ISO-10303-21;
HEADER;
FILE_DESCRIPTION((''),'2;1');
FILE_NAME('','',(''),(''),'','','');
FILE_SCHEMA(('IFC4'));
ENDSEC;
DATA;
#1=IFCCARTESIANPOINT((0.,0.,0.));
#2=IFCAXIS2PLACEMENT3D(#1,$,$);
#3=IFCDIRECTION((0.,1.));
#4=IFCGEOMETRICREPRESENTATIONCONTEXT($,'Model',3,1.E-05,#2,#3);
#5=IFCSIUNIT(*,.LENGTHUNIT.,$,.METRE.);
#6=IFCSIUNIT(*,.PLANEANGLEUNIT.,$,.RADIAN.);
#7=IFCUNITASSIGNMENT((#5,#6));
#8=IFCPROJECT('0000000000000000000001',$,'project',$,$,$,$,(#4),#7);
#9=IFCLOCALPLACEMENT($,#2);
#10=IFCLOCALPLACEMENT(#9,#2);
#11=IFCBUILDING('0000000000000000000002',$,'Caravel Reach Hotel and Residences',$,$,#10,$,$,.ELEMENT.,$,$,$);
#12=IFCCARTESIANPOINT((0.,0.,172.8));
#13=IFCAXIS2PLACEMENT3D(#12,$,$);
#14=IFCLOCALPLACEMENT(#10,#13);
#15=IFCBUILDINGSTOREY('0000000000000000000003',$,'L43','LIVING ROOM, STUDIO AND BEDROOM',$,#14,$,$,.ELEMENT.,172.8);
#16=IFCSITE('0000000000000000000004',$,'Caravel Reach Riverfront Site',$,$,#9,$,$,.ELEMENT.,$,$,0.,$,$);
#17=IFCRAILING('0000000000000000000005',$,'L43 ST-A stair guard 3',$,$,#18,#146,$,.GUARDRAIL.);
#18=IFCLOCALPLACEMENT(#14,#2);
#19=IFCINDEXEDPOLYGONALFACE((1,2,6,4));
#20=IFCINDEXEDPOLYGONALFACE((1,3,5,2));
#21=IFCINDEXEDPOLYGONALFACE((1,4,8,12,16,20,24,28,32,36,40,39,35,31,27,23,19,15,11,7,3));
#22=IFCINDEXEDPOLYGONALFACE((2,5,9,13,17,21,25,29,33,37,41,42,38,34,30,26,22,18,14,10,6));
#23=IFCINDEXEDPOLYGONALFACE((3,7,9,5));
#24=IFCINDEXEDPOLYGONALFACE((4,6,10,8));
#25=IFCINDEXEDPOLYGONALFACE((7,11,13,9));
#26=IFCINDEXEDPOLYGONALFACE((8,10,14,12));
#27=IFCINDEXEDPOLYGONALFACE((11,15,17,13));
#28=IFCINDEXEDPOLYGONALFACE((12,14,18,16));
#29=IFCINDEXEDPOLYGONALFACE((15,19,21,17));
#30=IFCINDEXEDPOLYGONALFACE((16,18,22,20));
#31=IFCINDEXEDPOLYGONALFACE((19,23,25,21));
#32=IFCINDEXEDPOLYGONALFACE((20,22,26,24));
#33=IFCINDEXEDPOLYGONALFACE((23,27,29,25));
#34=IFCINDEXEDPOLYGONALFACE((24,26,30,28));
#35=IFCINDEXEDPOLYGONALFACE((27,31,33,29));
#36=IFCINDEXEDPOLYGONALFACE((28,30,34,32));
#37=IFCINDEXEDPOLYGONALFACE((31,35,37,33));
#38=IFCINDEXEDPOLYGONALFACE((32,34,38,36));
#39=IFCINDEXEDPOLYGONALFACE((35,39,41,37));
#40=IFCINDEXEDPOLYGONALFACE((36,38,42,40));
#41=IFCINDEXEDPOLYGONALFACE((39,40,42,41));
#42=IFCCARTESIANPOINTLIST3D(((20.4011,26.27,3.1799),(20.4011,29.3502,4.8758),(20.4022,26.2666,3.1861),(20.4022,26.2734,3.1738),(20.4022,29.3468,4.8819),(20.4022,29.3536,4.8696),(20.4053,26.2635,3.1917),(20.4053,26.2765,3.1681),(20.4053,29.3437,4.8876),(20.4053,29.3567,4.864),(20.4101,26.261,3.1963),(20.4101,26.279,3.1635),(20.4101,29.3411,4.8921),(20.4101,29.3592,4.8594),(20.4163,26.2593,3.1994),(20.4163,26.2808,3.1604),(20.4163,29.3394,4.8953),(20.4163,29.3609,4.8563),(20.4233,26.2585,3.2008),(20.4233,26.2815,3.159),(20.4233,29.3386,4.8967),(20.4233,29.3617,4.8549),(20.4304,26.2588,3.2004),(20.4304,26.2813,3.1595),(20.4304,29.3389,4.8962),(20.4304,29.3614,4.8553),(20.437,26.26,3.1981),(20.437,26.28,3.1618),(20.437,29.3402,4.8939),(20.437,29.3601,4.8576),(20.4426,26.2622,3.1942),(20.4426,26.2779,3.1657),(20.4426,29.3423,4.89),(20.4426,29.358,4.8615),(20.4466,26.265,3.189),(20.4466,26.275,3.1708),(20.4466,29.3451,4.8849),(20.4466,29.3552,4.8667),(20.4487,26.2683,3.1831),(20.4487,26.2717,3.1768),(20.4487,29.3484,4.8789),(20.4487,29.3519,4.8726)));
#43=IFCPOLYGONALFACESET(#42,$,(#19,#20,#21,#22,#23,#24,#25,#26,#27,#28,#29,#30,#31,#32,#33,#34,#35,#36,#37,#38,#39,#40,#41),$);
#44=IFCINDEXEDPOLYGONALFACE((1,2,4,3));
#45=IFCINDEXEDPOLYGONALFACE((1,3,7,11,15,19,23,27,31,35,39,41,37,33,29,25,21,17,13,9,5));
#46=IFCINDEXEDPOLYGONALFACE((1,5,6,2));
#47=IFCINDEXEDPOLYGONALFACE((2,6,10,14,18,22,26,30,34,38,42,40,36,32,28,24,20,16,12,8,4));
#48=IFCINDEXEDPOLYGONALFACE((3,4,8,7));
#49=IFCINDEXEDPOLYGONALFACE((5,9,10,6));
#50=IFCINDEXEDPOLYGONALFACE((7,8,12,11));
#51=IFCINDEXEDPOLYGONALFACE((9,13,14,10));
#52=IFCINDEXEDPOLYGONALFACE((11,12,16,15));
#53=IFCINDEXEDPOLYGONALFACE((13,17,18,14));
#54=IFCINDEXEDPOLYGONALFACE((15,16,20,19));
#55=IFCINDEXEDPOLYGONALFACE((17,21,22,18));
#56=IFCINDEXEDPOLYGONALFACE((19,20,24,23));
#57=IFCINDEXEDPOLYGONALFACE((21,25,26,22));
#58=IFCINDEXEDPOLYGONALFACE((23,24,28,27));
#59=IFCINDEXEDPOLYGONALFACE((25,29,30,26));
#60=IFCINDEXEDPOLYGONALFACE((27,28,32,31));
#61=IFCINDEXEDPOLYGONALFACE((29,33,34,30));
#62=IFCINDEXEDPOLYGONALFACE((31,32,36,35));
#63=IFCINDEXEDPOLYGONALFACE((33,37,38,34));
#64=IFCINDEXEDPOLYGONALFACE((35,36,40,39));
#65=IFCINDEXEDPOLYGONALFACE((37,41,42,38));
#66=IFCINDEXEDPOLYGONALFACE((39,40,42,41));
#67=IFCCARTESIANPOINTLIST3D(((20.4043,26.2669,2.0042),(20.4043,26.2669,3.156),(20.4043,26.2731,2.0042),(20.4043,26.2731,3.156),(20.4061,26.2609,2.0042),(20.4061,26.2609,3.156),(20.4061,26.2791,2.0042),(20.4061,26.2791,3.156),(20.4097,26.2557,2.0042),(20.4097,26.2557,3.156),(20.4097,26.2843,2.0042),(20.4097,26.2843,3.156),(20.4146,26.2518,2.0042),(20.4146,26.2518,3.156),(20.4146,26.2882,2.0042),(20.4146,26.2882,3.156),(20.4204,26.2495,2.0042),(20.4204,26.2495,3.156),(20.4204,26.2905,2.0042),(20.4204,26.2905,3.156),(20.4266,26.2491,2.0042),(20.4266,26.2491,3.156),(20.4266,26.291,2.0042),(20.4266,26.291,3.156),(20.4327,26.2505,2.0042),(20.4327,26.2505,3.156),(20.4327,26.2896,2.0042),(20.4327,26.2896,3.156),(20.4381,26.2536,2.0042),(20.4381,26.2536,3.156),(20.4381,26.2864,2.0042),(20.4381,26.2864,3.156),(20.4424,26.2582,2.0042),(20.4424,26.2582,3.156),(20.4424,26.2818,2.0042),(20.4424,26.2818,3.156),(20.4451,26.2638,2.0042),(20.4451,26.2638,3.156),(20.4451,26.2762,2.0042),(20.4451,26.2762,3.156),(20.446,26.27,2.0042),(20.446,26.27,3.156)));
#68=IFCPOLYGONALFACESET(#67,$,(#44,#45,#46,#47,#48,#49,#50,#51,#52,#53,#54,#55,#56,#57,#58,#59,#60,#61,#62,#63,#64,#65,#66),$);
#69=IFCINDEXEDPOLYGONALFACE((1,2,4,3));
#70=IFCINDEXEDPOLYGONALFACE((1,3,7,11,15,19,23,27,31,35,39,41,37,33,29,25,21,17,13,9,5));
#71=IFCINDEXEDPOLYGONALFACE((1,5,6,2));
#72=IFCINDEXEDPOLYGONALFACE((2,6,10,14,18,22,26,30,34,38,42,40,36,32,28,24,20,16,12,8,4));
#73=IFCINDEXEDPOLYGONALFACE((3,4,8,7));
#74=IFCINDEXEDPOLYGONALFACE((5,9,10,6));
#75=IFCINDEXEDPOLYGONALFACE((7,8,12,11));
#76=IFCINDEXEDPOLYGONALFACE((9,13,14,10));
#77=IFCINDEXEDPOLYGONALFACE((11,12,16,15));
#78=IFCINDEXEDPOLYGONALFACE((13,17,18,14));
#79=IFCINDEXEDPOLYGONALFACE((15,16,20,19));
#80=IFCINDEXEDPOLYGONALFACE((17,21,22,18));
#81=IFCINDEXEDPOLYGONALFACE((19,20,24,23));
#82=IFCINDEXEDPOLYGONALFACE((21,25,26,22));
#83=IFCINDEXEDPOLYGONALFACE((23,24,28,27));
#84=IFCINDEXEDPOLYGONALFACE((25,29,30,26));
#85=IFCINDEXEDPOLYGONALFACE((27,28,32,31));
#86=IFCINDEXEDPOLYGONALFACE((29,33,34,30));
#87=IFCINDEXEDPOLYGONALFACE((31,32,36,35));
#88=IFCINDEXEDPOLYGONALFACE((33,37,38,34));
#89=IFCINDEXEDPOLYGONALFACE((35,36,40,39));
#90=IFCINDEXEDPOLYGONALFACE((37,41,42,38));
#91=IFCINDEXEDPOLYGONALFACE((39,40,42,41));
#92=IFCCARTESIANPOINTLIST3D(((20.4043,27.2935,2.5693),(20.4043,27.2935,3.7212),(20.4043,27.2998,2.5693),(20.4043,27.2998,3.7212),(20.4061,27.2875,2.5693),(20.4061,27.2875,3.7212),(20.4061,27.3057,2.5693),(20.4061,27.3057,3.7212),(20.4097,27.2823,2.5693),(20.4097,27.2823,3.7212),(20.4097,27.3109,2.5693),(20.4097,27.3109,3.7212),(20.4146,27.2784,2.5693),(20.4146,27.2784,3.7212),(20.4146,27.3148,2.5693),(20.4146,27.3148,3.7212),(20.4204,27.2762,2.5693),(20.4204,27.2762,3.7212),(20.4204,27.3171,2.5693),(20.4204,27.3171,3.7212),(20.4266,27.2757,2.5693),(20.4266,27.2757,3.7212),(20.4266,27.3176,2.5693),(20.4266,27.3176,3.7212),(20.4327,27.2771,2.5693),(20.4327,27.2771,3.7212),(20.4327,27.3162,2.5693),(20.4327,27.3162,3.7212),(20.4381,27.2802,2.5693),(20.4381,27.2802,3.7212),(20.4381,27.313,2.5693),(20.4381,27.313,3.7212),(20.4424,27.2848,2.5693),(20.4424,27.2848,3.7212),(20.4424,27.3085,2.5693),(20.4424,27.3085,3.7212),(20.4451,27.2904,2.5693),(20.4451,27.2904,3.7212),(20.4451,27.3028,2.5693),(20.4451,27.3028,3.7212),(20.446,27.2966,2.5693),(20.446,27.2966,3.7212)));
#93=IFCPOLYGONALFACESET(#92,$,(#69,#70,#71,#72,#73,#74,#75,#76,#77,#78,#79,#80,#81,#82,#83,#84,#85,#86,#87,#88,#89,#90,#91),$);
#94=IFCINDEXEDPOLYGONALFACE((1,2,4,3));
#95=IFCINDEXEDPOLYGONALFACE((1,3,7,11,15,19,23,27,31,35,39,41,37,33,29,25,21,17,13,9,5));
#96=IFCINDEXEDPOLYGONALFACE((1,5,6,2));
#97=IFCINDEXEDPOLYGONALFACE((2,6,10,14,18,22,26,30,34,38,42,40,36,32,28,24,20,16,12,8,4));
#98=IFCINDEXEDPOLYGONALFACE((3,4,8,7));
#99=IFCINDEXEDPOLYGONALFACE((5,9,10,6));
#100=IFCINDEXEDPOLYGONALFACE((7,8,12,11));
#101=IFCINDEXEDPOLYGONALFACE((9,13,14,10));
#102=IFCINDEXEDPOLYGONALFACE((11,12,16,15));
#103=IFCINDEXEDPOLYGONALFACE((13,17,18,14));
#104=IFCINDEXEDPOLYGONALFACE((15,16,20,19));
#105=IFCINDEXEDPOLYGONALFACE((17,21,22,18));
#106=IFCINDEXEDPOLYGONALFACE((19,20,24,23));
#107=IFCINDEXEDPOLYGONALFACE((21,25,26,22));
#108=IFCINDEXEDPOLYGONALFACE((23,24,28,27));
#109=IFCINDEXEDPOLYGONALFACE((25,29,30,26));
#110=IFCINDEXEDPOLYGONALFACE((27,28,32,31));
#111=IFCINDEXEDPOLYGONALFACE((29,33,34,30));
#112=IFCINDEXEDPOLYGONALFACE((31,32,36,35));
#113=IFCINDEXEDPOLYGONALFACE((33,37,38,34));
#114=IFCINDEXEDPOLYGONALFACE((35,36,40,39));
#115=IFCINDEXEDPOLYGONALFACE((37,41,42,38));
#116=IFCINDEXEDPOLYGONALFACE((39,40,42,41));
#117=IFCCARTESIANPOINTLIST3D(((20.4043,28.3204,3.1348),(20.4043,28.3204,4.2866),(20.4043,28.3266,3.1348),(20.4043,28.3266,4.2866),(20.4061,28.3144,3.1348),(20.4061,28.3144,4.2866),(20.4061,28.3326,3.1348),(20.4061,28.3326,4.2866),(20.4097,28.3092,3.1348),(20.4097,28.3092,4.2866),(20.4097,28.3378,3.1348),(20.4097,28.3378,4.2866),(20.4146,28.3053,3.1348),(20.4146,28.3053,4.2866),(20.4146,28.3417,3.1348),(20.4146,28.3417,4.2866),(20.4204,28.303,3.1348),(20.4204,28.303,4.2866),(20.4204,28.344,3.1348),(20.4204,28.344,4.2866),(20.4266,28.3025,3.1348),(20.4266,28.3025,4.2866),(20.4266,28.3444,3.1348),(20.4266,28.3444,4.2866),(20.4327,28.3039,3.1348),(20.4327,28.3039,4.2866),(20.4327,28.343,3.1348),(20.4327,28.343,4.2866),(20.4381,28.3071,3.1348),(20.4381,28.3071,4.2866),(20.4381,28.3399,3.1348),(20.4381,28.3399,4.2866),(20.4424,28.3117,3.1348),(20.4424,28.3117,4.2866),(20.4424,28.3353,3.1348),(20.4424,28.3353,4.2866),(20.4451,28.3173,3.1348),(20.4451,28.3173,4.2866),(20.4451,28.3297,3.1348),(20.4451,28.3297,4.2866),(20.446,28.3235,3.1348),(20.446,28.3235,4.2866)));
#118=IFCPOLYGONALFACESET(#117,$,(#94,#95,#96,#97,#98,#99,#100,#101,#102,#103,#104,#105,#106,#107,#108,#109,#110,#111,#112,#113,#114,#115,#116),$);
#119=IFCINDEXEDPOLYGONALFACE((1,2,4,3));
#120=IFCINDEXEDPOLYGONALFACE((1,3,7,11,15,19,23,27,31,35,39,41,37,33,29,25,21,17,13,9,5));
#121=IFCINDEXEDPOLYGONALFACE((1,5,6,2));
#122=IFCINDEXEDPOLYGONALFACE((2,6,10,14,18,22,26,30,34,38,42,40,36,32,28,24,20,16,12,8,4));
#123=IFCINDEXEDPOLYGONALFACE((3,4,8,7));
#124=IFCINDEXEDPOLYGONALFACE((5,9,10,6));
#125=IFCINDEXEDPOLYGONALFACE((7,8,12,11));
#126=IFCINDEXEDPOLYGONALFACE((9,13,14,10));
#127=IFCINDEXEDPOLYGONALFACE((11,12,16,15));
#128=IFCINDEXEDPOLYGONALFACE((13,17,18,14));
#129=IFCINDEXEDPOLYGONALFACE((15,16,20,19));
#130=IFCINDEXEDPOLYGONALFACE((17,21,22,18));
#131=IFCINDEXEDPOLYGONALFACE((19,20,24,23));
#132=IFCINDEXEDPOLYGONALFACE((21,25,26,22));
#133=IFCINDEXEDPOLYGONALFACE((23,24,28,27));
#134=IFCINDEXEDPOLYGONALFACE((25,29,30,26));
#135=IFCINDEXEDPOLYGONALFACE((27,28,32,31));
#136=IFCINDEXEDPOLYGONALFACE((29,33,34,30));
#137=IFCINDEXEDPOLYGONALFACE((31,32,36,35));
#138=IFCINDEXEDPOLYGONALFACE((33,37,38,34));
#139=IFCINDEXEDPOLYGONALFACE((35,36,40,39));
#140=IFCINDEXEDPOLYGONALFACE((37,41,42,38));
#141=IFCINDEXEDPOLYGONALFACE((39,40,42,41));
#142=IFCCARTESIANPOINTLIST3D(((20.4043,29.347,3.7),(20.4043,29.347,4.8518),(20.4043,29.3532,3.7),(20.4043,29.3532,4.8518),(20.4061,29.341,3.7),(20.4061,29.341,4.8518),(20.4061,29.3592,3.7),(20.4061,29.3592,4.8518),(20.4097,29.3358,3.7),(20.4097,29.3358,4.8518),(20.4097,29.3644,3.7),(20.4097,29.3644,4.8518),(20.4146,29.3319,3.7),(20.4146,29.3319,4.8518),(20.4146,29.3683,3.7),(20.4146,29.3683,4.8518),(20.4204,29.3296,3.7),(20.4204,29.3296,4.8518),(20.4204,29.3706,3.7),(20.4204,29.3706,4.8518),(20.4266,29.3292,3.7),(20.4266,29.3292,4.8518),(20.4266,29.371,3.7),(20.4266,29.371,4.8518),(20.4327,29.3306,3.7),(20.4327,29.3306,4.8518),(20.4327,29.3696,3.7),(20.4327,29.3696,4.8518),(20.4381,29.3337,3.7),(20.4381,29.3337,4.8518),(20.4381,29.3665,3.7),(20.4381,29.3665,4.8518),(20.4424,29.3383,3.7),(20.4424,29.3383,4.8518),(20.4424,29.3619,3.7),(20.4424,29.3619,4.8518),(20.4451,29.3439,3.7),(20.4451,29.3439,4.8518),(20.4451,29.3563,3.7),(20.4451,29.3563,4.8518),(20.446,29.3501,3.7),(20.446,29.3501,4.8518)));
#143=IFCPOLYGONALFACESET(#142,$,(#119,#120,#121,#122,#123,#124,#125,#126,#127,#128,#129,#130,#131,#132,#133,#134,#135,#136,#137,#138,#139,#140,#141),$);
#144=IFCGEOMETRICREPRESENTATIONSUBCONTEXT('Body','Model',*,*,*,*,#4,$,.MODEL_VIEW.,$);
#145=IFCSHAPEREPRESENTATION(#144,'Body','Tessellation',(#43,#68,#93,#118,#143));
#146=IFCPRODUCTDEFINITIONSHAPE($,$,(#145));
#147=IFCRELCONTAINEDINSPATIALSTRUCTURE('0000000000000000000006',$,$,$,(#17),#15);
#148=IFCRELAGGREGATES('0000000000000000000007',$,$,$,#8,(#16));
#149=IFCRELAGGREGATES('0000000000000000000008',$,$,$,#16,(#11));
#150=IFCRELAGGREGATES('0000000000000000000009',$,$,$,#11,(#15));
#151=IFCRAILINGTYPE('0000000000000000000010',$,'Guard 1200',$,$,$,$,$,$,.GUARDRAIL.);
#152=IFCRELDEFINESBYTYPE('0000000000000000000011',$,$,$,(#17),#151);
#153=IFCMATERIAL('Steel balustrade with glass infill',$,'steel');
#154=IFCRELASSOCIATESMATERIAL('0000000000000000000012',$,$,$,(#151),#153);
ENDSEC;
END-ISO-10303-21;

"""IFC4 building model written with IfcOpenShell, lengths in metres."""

from ifc_helpers import new_model, si_unit, direction, frame, origin, origin_2d, place, context, subcontext, project, spatial, circle, extrude, material, type_object, element, save


model = new_model("IFC4")

# Units and contexts
model_context = context("Model", 3, precision=1e-05, world=origin(), true_north=direction((0.0, 1.0)))
body_context = subcontext(model_context, "Body", "Model", "MODEL_VIEW")
ifc_project = project(units=[si_unit("LENGTHUNIT", "METRE"), si_unit("PLANEANGLEUNIT", "RADIAN")], contexts=[model_context])

# Site, building, storey
site_placement = place(None, origin())
site = spatial("IfcSite", under=ifc_project, at=site_placement, Name="Caravel Reach Riverfront Site", CompositionType="ELEMENT", RefElevation=0.0)
building_placement = place(site_placement, origin())
building = spatial("IfcBuilding", under=site, at=building_placement, Name="Caravel Reach Hotel and Residences", CompositionType="ELEMENT")
storey_placement = place(building_placement, frame((0.0, 0.0, 172.8)))
storey = spatial("IfcBuildingStorey", under=building, at=storey_placement, Name="L43", Description="LIVING ROOM, STUDIO AND BEDROOM", CompositionType="ELEMENT", Elevation=172.8)

# Railing
ifc_material_1 = material(Name="Steel balustrade with glass infill", Category="steel")
railing_type_1 = type_object("IfcRailingType", Name="Guard 1200", PredefinedType="GUARDRAIL", material=ifc_material_1)
railing_1_placement = place(storey_placement, frame((20.425, 26.27, 2.0042)))
element("IfcRailing", 1, at=railing_1_placement, inside=storey, type_object=railing_type_1, Name="L43 ST-A stair guard 3", PredefinedType="GUARDRAIL", context=body_context, shape_type="SweptSolid", body=[
    extrude(circle(Radius=0.0239, at=origin_2d()), frame((0.0, 0.0, 1.1758), z_axis=(0.0, 0.876005, 0.482303), x_axis=(-1.0, 0.0, 0.0)), (0.0, 0.0, 1.0), 3.5161),
    extrude(circle(Radius=0.021, at=origin_2d()), origin(), (0.0, 0.0, 1.0), 1.1519),
    extrude(circle(Radius=0.021, at=origin_2d()), frame((0.0, 1.0266, 0.5652)), (0.0, 0.0, 1.0), 1.1519),
    extrude(circle(Radius=0.021, at=origin_2d()), frame((0.0, 2.0535, 1.1306)), (0.0, 0.0, 1.0), 1.1519),
    extrude(circle(Radius=0.021, at=origin_2d()), frame((0.0, 3.0801, 1.6958)), (0.0, 0.0, 1.0), 1.1519),
])

save(model, "model.ifc")
